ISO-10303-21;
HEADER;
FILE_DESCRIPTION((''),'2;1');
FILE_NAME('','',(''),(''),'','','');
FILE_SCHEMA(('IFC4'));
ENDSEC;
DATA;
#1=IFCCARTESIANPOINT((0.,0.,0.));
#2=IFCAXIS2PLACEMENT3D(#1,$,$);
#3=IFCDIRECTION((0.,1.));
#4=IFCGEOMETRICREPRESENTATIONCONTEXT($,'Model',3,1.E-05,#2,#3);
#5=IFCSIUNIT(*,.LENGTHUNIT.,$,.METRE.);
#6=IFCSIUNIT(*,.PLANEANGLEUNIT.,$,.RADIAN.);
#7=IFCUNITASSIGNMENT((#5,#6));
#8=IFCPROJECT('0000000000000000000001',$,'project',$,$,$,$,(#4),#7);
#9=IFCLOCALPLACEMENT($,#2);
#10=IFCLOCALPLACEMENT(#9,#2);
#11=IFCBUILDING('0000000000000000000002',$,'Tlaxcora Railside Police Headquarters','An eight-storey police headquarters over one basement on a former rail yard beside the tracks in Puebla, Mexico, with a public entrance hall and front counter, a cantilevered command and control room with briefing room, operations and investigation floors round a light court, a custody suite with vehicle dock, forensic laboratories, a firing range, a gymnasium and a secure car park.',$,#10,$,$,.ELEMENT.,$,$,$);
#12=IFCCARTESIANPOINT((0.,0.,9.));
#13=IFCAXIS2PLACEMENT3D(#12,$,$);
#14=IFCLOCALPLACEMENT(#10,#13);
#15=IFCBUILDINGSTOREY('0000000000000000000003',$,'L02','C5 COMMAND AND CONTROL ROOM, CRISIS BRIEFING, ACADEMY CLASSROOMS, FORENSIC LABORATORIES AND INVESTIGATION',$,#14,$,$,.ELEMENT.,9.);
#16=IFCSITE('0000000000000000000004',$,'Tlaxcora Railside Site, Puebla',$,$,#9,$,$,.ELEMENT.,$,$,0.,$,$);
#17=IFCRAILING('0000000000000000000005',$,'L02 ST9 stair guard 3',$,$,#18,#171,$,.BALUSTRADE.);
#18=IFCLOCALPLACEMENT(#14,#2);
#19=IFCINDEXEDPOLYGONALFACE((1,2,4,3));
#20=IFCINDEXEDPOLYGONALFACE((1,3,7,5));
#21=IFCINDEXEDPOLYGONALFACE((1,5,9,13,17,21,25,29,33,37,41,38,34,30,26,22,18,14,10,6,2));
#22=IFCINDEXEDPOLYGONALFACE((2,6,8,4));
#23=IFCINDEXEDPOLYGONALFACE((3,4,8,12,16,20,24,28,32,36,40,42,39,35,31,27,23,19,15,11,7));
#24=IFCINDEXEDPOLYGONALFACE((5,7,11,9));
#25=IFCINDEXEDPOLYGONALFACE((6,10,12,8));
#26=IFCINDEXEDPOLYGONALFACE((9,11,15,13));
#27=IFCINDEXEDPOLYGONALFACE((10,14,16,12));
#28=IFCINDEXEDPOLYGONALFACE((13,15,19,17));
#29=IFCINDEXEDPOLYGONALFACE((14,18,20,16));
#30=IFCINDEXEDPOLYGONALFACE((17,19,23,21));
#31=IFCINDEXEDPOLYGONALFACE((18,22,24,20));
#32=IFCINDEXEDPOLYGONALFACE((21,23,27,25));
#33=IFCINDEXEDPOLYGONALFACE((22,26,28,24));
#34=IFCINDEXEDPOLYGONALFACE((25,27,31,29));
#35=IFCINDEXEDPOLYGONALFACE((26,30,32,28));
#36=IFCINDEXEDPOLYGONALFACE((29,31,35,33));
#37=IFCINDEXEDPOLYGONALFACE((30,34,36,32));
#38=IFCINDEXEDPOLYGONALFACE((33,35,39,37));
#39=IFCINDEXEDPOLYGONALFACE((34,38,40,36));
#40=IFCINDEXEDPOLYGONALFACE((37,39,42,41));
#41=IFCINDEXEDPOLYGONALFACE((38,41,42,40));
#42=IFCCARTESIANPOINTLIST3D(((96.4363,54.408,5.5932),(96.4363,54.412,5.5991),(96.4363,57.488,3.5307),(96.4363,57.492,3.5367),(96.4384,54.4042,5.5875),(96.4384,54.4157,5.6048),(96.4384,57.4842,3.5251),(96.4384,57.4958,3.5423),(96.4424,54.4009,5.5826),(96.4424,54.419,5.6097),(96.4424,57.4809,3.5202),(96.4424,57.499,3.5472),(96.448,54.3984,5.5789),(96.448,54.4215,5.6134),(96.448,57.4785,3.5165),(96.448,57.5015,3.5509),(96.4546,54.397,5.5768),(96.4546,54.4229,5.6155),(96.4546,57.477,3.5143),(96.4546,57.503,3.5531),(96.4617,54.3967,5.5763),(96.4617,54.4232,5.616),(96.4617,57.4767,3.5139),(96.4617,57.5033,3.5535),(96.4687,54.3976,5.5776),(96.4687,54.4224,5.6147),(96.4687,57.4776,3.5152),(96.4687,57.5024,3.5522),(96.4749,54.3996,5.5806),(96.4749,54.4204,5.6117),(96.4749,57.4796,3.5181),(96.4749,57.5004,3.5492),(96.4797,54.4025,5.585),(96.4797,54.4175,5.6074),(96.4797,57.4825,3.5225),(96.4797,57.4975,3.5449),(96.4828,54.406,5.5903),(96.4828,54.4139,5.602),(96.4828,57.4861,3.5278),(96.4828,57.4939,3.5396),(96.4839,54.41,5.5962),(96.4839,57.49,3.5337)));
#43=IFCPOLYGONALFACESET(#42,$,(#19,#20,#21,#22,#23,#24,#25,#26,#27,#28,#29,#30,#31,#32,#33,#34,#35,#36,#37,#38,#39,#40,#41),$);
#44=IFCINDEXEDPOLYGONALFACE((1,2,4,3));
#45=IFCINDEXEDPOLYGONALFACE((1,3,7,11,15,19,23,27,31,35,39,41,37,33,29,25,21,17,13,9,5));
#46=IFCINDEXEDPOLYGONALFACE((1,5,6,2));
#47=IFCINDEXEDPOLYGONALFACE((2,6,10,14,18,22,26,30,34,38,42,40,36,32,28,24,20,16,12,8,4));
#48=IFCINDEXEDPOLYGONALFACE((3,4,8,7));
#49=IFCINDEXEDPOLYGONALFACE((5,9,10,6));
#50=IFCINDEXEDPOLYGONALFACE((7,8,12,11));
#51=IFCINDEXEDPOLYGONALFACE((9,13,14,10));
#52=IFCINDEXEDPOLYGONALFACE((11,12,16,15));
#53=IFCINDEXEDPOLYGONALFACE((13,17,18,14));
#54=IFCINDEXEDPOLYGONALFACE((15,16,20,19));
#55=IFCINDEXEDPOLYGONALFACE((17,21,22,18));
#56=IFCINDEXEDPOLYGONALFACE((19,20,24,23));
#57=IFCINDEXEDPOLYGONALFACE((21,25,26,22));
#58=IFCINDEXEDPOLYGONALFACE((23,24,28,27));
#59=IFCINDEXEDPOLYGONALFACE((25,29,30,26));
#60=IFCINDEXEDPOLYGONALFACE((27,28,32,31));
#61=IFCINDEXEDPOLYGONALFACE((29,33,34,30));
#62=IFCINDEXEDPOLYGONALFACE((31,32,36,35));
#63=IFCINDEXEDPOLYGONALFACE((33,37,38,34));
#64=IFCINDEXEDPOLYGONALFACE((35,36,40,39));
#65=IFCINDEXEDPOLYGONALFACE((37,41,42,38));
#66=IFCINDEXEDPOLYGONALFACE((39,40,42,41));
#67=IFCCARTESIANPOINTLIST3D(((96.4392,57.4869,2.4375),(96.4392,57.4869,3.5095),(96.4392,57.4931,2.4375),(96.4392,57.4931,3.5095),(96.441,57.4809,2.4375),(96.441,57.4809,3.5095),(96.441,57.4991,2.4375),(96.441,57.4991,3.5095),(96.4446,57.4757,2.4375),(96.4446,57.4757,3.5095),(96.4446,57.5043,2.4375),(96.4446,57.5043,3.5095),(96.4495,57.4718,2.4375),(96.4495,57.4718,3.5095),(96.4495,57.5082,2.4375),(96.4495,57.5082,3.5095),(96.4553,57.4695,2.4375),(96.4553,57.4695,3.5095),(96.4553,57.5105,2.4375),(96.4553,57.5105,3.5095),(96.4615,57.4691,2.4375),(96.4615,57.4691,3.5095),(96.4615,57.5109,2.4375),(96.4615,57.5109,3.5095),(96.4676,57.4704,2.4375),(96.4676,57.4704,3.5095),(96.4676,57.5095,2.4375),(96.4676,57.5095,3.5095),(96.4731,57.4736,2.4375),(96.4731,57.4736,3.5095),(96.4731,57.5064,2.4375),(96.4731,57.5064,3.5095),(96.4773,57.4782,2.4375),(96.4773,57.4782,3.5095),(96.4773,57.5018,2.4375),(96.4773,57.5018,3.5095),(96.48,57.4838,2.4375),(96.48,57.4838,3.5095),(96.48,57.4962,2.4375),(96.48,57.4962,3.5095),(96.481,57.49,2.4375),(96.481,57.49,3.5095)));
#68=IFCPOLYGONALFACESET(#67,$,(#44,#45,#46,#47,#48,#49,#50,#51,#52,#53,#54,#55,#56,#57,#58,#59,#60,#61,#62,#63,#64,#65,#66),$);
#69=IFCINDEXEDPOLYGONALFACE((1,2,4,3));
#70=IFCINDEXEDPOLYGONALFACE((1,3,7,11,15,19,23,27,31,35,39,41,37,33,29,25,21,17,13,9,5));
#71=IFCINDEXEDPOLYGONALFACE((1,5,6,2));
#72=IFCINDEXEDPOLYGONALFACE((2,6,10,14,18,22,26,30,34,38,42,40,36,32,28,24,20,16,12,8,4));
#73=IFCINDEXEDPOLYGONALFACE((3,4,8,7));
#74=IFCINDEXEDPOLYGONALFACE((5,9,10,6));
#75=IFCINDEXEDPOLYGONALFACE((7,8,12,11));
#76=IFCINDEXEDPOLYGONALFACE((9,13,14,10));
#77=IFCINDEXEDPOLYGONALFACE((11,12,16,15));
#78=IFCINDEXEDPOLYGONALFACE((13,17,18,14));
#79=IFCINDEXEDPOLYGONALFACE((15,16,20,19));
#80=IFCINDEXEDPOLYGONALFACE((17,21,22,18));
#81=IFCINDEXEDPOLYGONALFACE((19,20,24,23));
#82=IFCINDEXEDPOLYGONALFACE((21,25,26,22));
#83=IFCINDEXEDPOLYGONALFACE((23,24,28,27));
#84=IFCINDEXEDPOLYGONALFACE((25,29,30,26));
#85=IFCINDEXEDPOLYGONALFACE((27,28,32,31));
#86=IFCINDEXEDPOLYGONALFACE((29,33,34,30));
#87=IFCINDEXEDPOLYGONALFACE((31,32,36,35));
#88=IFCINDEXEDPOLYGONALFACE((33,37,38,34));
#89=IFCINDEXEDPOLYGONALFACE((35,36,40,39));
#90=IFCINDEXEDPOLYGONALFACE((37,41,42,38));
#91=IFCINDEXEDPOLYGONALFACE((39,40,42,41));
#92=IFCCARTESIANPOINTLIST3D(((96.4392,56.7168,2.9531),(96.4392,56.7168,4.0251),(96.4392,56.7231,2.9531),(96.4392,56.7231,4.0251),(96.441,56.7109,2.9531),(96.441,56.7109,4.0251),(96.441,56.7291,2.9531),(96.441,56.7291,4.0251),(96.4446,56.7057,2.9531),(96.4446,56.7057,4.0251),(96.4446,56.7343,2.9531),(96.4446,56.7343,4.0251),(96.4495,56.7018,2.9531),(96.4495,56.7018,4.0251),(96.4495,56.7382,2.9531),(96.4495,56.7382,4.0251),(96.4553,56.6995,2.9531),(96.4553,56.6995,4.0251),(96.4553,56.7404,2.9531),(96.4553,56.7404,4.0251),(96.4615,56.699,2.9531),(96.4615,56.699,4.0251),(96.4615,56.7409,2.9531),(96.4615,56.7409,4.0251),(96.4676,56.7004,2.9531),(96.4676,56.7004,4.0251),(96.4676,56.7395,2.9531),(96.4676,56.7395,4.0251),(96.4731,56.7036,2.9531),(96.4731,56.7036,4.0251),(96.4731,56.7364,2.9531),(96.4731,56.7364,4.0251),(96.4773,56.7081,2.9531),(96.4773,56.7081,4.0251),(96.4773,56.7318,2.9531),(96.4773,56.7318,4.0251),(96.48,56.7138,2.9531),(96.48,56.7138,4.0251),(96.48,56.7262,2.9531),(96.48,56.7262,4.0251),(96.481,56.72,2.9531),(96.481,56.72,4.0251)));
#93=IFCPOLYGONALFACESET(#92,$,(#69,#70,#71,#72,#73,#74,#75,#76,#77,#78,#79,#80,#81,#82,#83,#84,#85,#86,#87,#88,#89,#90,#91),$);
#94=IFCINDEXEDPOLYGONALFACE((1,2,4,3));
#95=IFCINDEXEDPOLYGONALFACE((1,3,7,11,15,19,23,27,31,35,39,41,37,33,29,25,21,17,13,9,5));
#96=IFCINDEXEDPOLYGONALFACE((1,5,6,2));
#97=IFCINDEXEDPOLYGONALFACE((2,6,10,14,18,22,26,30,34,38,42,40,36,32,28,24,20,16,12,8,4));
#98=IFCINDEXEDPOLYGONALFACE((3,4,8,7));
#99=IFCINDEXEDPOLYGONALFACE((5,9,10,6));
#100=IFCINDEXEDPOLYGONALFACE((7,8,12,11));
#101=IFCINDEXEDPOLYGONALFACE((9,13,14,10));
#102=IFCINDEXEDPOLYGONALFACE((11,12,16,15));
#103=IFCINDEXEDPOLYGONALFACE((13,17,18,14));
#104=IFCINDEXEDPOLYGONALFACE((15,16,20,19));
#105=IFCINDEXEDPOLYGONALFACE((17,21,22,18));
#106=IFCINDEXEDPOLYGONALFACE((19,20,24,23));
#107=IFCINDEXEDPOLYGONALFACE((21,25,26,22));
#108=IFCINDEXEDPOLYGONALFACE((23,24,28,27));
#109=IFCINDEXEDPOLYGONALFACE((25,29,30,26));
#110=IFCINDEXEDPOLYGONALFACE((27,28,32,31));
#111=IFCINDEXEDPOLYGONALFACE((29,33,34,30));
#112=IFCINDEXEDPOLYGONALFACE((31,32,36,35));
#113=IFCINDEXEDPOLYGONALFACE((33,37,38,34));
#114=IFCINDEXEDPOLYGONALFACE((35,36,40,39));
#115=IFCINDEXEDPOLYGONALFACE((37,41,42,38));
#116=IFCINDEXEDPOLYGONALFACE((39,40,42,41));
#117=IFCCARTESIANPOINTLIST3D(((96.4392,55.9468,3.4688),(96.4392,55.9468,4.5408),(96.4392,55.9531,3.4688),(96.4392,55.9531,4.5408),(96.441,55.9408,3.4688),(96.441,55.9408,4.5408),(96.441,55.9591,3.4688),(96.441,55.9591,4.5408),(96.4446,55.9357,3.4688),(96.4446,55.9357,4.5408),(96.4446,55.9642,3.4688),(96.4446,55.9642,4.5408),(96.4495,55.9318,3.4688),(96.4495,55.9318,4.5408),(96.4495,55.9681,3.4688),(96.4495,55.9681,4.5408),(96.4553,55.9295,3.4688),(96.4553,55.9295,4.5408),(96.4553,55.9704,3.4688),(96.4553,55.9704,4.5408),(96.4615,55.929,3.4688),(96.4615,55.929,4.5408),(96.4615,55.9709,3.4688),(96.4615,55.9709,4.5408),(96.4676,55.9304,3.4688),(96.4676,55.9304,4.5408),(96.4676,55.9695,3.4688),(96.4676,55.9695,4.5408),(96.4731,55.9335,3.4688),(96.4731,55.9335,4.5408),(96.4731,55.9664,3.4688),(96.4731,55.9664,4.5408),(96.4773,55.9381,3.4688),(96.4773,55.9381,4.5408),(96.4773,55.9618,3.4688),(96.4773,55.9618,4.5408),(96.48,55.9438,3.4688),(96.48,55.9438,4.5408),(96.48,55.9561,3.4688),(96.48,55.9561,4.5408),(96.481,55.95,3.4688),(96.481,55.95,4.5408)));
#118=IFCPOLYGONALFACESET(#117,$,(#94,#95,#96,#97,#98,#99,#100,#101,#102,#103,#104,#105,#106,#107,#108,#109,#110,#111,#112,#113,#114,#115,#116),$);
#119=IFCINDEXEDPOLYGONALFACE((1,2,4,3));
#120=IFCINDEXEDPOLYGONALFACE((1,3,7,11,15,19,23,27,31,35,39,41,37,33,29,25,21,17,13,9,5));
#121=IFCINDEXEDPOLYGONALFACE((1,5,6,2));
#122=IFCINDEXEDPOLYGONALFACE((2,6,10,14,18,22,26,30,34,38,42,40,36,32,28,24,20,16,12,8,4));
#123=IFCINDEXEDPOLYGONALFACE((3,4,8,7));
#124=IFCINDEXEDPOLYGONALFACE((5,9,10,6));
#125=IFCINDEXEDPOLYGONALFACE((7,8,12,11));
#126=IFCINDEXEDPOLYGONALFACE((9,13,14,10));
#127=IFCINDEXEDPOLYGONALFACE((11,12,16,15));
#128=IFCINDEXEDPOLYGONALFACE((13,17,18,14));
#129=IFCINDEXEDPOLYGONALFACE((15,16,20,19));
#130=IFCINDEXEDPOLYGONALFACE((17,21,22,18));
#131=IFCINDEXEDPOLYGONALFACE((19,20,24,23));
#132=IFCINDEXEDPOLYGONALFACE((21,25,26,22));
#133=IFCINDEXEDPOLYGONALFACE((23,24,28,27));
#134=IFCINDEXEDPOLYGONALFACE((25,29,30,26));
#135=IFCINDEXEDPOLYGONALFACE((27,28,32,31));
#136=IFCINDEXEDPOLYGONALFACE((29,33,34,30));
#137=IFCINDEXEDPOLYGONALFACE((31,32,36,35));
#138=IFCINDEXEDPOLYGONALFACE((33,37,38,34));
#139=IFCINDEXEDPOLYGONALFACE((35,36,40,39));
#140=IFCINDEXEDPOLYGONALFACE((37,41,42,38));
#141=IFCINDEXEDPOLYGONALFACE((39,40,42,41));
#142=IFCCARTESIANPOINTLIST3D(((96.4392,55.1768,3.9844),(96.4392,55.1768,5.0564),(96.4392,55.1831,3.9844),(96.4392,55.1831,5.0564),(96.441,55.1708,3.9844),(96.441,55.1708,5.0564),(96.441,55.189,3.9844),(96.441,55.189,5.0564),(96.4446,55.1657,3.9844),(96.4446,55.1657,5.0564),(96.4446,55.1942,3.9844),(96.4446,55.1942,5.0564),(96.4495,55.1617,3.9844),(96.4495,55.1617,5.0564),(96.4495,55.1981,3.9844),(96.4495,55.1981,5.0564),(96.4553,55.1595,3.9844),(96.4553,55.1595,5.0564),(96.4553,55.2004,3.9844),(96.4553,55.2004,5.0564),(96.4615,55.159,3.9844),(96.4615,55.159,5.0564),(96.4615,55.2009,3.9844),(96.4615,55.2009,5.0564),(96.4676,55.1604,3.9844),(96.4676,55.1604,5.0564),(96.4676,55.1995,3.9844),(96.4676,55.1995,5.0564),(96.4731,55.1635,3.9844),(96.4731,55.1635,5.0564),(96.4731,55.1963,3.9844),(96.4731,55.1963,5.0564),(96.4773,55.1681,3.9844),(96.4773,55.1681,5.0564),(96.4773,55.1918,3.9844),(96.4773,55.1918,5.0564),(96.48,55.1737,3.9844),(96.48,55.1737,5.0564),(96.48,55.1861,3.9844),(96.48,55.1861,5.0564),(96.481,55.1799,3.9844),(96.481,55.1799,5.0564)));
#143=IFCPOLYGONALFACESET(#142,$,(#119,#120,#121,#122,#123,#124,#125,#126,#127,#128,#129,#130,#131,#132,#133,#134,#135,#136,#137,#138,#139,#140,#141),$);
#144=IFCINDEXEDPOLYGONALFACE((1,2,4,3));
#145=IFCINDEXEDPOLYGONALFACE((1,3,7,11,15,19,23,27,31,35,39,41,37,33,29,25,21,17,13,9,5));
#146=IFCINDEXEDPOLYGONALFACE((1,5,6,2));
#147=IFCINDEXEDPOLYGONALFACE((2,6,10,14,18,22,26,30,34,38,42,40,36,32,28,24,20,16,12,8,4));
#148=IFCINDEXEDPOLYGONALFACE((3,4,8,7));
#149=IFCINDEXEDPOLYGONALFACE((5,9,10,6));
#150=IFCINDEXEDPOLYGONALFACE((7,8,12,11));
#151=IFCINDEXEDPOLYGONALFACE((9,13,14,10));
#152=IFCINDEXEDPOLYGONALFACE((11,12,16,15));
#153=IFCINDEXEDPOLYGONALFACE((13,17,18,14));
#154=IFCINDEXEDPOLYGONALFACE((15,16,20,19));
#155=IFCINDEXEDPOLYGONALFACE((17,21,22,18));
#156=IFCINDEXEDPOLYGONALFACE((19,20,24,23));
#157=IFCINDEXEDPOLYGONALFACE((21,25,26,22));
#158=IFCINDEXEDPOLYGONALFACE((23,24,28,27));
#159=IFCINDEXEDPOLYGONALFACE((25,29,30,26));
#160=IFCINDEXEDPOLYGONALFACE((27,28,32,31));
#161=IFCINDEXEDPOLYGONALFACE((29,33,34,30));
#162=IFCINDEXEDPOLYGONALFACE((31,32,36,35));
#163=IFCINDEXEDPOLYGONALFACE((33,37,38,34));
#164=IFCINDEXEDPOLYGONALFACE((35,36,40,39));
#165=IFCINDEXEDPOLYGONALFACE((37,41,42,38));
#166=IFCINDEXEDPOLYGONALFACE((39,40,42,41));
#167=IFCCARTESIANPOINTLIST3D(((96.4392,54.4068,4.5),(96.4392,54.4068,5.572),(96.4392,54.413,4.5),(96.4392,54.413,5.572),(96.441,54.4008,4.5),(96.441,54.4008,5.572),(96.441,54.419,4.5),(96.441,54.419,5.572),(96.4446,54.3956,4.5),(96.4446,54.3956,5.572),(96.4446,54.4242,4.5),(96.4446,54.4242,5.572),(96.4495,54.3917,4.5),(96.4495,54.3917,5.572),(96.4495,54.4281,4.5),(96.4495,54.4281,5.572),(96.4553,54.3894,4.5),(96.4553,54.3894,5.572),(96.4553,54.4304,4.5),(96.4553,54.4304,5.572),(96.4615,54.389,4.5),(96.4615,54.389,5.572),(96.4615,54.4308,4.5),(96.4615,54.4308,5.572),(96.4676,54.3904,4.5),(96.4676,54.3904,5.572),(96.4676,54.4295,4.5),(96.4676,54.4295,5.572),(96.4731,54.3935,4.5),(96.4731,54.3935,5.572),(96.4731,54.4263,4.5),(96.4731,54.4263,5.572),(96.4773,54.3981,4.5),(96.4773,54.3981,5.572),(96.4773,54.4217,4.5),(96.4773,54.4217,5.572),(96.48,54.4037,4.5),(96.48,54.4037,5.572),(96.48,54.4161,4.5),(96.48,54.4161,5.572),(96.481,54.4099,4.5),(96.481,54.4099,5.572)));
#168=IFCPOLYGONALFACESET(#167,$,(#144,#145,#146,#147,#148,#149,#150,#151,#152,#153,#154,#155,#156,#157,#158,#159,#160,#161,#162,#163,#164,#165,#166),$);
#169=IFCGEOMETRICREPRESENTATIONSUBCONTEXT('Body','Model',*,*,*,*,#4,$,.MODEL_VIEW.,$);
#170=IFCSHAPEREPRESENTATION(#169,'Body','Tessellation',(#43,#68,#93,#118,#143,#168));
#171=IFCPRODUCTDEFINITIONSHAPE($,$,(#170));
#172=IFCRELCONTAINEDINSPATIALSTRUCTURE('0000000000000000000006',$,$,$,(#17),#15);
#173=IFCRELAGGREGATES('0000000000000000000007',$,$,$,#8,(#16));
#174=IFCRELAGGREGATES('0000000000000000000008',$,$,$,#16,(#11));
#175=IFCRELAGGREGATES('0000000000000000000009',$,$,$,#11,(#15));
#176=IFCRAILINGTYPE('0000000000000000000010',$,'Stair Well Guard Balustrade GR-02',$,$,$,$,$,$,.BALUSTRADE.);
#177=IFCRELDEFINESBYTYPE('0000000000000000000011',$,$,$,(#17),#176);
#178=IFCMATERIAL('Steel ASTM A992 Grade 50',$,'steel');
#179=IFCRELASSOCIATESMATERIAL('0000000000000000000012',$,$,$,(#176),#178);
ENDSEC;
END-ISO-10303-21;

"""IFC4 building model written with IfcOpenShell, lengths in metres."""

from ifc_helpers import new_model, si_unit, direction, frame, origin, origin_2d, place, context, subcontext, project, spatial, circle, extrude, material, type_object, element, save


model = new_model("IFC4")

# Units and contexts
model_context = context("Model", 3, precision=1e-05, world=origin(), true_north=direction((0.0, 1.0)))
body_context = subcontext(model_context, "Body", "Model", "MODEL_VIEW")
ifc_project = project(units=[si_unit("LENGTHUNIT", "METRE"), si_unit("PLANEANGLEUNIT", "RADIAN")], contexts=[model_context])

# Site, building, storey
site_placement = place(None, origin())
site = spatial("IfcSite", under=ifc_project, at=site_placement, Name="Tlaxcora Railside Site, Puebla", CompositionType="ELEMENT", RefElevation=0.0)
building_placement = place(site_placement, origin())
building = spatial("IfcBuilding", under=site, at=building_placement, Name="Tlaxcora Railside Police Headquarters", Description="An eight-storey police headquarters over one basement on a former rail yard beside the tracks in Puebla, Mexico, with a public entrance hall and front counter, a cantilevered command and control room with briefing room, operations and investigation floors round a light court, a custody suite with vehicle dock, forensic laboratories, a firing range, a gymnasium and a secure car park.", CompositionType="ELEMENT")
storey_placement = place(building_placement, frame((0.0, 0.0, 9.0)))
storey = spatial("IfcBuildingStorey", under=building, at=storey_placement, Name="L02", Description="C5 COMMAND AND CONTROL ROOM, CRISIS BRIEFING, ACADEMY CLASSROOMS, FORENSIC LABORATORIES AND INVESTIGATION", CompositionType="ELEMENT", Elevation=9.0)

# Shared definitions
ifc_material_1 = material(Name="Steel ASTM A992 Grade 50", Category="steel")

# Railing
railing_type_1 = type_object("IfcRailingType", Name="Stair Well Guard Balustrade GR-02", PredefinedType="BALUSTRADE", material=ifc_material_1)
railing_1_placement = place(storey_placement, frame((96.46, 57.49, 2.4375)))
element("IfcRailing", 1, at=railing_1_placement, inside=storey, type_object=railing_type_1, Name="L02 ST9 stair guard 3", PredefinedType="BALUSTRADE", context=body_context, shape_type="SweptSolid", body=[
    extrude(circle(Radius=0.0239, at=origin_2d()), frame((0.0, 0.0, 1.0962), z_axis=(0.0, -0.830914, 0.556401), x_axis=(1.0, 0.0, 0.0)), (0.0, 0.0, 1.0), 3.7068),
    extrude(circle(Radius=0.021, at=origin_2d()), origin(), (0.0, 0.0, 1.0), 1.072),
    extrude(circle(Radius=0.021, at=origin_2d()), frame((0.0, -0.77, 0.5156)), (0.0, 0.0, 1.0), 1.072),
    extrude(circle(Radius=0.021, at=origin_2d()), frame((0.0, -1.54, 1.0312)), (0.0, 0.0, 1.0), 1.072),
    extrude(circle(Radius=0.021, at=origin_2d()), frame((0.0, -2.3101, 1.5469)), (0.0, 0.0, 1.0), 1.072),
    extrude(circle(Radius=0.021, at=origin_2d()), frame((0.0, -3.0801, 2.0625)), (0.0, 0.0, 1.0), 1.072),
])

save(model, "model.ifc")
